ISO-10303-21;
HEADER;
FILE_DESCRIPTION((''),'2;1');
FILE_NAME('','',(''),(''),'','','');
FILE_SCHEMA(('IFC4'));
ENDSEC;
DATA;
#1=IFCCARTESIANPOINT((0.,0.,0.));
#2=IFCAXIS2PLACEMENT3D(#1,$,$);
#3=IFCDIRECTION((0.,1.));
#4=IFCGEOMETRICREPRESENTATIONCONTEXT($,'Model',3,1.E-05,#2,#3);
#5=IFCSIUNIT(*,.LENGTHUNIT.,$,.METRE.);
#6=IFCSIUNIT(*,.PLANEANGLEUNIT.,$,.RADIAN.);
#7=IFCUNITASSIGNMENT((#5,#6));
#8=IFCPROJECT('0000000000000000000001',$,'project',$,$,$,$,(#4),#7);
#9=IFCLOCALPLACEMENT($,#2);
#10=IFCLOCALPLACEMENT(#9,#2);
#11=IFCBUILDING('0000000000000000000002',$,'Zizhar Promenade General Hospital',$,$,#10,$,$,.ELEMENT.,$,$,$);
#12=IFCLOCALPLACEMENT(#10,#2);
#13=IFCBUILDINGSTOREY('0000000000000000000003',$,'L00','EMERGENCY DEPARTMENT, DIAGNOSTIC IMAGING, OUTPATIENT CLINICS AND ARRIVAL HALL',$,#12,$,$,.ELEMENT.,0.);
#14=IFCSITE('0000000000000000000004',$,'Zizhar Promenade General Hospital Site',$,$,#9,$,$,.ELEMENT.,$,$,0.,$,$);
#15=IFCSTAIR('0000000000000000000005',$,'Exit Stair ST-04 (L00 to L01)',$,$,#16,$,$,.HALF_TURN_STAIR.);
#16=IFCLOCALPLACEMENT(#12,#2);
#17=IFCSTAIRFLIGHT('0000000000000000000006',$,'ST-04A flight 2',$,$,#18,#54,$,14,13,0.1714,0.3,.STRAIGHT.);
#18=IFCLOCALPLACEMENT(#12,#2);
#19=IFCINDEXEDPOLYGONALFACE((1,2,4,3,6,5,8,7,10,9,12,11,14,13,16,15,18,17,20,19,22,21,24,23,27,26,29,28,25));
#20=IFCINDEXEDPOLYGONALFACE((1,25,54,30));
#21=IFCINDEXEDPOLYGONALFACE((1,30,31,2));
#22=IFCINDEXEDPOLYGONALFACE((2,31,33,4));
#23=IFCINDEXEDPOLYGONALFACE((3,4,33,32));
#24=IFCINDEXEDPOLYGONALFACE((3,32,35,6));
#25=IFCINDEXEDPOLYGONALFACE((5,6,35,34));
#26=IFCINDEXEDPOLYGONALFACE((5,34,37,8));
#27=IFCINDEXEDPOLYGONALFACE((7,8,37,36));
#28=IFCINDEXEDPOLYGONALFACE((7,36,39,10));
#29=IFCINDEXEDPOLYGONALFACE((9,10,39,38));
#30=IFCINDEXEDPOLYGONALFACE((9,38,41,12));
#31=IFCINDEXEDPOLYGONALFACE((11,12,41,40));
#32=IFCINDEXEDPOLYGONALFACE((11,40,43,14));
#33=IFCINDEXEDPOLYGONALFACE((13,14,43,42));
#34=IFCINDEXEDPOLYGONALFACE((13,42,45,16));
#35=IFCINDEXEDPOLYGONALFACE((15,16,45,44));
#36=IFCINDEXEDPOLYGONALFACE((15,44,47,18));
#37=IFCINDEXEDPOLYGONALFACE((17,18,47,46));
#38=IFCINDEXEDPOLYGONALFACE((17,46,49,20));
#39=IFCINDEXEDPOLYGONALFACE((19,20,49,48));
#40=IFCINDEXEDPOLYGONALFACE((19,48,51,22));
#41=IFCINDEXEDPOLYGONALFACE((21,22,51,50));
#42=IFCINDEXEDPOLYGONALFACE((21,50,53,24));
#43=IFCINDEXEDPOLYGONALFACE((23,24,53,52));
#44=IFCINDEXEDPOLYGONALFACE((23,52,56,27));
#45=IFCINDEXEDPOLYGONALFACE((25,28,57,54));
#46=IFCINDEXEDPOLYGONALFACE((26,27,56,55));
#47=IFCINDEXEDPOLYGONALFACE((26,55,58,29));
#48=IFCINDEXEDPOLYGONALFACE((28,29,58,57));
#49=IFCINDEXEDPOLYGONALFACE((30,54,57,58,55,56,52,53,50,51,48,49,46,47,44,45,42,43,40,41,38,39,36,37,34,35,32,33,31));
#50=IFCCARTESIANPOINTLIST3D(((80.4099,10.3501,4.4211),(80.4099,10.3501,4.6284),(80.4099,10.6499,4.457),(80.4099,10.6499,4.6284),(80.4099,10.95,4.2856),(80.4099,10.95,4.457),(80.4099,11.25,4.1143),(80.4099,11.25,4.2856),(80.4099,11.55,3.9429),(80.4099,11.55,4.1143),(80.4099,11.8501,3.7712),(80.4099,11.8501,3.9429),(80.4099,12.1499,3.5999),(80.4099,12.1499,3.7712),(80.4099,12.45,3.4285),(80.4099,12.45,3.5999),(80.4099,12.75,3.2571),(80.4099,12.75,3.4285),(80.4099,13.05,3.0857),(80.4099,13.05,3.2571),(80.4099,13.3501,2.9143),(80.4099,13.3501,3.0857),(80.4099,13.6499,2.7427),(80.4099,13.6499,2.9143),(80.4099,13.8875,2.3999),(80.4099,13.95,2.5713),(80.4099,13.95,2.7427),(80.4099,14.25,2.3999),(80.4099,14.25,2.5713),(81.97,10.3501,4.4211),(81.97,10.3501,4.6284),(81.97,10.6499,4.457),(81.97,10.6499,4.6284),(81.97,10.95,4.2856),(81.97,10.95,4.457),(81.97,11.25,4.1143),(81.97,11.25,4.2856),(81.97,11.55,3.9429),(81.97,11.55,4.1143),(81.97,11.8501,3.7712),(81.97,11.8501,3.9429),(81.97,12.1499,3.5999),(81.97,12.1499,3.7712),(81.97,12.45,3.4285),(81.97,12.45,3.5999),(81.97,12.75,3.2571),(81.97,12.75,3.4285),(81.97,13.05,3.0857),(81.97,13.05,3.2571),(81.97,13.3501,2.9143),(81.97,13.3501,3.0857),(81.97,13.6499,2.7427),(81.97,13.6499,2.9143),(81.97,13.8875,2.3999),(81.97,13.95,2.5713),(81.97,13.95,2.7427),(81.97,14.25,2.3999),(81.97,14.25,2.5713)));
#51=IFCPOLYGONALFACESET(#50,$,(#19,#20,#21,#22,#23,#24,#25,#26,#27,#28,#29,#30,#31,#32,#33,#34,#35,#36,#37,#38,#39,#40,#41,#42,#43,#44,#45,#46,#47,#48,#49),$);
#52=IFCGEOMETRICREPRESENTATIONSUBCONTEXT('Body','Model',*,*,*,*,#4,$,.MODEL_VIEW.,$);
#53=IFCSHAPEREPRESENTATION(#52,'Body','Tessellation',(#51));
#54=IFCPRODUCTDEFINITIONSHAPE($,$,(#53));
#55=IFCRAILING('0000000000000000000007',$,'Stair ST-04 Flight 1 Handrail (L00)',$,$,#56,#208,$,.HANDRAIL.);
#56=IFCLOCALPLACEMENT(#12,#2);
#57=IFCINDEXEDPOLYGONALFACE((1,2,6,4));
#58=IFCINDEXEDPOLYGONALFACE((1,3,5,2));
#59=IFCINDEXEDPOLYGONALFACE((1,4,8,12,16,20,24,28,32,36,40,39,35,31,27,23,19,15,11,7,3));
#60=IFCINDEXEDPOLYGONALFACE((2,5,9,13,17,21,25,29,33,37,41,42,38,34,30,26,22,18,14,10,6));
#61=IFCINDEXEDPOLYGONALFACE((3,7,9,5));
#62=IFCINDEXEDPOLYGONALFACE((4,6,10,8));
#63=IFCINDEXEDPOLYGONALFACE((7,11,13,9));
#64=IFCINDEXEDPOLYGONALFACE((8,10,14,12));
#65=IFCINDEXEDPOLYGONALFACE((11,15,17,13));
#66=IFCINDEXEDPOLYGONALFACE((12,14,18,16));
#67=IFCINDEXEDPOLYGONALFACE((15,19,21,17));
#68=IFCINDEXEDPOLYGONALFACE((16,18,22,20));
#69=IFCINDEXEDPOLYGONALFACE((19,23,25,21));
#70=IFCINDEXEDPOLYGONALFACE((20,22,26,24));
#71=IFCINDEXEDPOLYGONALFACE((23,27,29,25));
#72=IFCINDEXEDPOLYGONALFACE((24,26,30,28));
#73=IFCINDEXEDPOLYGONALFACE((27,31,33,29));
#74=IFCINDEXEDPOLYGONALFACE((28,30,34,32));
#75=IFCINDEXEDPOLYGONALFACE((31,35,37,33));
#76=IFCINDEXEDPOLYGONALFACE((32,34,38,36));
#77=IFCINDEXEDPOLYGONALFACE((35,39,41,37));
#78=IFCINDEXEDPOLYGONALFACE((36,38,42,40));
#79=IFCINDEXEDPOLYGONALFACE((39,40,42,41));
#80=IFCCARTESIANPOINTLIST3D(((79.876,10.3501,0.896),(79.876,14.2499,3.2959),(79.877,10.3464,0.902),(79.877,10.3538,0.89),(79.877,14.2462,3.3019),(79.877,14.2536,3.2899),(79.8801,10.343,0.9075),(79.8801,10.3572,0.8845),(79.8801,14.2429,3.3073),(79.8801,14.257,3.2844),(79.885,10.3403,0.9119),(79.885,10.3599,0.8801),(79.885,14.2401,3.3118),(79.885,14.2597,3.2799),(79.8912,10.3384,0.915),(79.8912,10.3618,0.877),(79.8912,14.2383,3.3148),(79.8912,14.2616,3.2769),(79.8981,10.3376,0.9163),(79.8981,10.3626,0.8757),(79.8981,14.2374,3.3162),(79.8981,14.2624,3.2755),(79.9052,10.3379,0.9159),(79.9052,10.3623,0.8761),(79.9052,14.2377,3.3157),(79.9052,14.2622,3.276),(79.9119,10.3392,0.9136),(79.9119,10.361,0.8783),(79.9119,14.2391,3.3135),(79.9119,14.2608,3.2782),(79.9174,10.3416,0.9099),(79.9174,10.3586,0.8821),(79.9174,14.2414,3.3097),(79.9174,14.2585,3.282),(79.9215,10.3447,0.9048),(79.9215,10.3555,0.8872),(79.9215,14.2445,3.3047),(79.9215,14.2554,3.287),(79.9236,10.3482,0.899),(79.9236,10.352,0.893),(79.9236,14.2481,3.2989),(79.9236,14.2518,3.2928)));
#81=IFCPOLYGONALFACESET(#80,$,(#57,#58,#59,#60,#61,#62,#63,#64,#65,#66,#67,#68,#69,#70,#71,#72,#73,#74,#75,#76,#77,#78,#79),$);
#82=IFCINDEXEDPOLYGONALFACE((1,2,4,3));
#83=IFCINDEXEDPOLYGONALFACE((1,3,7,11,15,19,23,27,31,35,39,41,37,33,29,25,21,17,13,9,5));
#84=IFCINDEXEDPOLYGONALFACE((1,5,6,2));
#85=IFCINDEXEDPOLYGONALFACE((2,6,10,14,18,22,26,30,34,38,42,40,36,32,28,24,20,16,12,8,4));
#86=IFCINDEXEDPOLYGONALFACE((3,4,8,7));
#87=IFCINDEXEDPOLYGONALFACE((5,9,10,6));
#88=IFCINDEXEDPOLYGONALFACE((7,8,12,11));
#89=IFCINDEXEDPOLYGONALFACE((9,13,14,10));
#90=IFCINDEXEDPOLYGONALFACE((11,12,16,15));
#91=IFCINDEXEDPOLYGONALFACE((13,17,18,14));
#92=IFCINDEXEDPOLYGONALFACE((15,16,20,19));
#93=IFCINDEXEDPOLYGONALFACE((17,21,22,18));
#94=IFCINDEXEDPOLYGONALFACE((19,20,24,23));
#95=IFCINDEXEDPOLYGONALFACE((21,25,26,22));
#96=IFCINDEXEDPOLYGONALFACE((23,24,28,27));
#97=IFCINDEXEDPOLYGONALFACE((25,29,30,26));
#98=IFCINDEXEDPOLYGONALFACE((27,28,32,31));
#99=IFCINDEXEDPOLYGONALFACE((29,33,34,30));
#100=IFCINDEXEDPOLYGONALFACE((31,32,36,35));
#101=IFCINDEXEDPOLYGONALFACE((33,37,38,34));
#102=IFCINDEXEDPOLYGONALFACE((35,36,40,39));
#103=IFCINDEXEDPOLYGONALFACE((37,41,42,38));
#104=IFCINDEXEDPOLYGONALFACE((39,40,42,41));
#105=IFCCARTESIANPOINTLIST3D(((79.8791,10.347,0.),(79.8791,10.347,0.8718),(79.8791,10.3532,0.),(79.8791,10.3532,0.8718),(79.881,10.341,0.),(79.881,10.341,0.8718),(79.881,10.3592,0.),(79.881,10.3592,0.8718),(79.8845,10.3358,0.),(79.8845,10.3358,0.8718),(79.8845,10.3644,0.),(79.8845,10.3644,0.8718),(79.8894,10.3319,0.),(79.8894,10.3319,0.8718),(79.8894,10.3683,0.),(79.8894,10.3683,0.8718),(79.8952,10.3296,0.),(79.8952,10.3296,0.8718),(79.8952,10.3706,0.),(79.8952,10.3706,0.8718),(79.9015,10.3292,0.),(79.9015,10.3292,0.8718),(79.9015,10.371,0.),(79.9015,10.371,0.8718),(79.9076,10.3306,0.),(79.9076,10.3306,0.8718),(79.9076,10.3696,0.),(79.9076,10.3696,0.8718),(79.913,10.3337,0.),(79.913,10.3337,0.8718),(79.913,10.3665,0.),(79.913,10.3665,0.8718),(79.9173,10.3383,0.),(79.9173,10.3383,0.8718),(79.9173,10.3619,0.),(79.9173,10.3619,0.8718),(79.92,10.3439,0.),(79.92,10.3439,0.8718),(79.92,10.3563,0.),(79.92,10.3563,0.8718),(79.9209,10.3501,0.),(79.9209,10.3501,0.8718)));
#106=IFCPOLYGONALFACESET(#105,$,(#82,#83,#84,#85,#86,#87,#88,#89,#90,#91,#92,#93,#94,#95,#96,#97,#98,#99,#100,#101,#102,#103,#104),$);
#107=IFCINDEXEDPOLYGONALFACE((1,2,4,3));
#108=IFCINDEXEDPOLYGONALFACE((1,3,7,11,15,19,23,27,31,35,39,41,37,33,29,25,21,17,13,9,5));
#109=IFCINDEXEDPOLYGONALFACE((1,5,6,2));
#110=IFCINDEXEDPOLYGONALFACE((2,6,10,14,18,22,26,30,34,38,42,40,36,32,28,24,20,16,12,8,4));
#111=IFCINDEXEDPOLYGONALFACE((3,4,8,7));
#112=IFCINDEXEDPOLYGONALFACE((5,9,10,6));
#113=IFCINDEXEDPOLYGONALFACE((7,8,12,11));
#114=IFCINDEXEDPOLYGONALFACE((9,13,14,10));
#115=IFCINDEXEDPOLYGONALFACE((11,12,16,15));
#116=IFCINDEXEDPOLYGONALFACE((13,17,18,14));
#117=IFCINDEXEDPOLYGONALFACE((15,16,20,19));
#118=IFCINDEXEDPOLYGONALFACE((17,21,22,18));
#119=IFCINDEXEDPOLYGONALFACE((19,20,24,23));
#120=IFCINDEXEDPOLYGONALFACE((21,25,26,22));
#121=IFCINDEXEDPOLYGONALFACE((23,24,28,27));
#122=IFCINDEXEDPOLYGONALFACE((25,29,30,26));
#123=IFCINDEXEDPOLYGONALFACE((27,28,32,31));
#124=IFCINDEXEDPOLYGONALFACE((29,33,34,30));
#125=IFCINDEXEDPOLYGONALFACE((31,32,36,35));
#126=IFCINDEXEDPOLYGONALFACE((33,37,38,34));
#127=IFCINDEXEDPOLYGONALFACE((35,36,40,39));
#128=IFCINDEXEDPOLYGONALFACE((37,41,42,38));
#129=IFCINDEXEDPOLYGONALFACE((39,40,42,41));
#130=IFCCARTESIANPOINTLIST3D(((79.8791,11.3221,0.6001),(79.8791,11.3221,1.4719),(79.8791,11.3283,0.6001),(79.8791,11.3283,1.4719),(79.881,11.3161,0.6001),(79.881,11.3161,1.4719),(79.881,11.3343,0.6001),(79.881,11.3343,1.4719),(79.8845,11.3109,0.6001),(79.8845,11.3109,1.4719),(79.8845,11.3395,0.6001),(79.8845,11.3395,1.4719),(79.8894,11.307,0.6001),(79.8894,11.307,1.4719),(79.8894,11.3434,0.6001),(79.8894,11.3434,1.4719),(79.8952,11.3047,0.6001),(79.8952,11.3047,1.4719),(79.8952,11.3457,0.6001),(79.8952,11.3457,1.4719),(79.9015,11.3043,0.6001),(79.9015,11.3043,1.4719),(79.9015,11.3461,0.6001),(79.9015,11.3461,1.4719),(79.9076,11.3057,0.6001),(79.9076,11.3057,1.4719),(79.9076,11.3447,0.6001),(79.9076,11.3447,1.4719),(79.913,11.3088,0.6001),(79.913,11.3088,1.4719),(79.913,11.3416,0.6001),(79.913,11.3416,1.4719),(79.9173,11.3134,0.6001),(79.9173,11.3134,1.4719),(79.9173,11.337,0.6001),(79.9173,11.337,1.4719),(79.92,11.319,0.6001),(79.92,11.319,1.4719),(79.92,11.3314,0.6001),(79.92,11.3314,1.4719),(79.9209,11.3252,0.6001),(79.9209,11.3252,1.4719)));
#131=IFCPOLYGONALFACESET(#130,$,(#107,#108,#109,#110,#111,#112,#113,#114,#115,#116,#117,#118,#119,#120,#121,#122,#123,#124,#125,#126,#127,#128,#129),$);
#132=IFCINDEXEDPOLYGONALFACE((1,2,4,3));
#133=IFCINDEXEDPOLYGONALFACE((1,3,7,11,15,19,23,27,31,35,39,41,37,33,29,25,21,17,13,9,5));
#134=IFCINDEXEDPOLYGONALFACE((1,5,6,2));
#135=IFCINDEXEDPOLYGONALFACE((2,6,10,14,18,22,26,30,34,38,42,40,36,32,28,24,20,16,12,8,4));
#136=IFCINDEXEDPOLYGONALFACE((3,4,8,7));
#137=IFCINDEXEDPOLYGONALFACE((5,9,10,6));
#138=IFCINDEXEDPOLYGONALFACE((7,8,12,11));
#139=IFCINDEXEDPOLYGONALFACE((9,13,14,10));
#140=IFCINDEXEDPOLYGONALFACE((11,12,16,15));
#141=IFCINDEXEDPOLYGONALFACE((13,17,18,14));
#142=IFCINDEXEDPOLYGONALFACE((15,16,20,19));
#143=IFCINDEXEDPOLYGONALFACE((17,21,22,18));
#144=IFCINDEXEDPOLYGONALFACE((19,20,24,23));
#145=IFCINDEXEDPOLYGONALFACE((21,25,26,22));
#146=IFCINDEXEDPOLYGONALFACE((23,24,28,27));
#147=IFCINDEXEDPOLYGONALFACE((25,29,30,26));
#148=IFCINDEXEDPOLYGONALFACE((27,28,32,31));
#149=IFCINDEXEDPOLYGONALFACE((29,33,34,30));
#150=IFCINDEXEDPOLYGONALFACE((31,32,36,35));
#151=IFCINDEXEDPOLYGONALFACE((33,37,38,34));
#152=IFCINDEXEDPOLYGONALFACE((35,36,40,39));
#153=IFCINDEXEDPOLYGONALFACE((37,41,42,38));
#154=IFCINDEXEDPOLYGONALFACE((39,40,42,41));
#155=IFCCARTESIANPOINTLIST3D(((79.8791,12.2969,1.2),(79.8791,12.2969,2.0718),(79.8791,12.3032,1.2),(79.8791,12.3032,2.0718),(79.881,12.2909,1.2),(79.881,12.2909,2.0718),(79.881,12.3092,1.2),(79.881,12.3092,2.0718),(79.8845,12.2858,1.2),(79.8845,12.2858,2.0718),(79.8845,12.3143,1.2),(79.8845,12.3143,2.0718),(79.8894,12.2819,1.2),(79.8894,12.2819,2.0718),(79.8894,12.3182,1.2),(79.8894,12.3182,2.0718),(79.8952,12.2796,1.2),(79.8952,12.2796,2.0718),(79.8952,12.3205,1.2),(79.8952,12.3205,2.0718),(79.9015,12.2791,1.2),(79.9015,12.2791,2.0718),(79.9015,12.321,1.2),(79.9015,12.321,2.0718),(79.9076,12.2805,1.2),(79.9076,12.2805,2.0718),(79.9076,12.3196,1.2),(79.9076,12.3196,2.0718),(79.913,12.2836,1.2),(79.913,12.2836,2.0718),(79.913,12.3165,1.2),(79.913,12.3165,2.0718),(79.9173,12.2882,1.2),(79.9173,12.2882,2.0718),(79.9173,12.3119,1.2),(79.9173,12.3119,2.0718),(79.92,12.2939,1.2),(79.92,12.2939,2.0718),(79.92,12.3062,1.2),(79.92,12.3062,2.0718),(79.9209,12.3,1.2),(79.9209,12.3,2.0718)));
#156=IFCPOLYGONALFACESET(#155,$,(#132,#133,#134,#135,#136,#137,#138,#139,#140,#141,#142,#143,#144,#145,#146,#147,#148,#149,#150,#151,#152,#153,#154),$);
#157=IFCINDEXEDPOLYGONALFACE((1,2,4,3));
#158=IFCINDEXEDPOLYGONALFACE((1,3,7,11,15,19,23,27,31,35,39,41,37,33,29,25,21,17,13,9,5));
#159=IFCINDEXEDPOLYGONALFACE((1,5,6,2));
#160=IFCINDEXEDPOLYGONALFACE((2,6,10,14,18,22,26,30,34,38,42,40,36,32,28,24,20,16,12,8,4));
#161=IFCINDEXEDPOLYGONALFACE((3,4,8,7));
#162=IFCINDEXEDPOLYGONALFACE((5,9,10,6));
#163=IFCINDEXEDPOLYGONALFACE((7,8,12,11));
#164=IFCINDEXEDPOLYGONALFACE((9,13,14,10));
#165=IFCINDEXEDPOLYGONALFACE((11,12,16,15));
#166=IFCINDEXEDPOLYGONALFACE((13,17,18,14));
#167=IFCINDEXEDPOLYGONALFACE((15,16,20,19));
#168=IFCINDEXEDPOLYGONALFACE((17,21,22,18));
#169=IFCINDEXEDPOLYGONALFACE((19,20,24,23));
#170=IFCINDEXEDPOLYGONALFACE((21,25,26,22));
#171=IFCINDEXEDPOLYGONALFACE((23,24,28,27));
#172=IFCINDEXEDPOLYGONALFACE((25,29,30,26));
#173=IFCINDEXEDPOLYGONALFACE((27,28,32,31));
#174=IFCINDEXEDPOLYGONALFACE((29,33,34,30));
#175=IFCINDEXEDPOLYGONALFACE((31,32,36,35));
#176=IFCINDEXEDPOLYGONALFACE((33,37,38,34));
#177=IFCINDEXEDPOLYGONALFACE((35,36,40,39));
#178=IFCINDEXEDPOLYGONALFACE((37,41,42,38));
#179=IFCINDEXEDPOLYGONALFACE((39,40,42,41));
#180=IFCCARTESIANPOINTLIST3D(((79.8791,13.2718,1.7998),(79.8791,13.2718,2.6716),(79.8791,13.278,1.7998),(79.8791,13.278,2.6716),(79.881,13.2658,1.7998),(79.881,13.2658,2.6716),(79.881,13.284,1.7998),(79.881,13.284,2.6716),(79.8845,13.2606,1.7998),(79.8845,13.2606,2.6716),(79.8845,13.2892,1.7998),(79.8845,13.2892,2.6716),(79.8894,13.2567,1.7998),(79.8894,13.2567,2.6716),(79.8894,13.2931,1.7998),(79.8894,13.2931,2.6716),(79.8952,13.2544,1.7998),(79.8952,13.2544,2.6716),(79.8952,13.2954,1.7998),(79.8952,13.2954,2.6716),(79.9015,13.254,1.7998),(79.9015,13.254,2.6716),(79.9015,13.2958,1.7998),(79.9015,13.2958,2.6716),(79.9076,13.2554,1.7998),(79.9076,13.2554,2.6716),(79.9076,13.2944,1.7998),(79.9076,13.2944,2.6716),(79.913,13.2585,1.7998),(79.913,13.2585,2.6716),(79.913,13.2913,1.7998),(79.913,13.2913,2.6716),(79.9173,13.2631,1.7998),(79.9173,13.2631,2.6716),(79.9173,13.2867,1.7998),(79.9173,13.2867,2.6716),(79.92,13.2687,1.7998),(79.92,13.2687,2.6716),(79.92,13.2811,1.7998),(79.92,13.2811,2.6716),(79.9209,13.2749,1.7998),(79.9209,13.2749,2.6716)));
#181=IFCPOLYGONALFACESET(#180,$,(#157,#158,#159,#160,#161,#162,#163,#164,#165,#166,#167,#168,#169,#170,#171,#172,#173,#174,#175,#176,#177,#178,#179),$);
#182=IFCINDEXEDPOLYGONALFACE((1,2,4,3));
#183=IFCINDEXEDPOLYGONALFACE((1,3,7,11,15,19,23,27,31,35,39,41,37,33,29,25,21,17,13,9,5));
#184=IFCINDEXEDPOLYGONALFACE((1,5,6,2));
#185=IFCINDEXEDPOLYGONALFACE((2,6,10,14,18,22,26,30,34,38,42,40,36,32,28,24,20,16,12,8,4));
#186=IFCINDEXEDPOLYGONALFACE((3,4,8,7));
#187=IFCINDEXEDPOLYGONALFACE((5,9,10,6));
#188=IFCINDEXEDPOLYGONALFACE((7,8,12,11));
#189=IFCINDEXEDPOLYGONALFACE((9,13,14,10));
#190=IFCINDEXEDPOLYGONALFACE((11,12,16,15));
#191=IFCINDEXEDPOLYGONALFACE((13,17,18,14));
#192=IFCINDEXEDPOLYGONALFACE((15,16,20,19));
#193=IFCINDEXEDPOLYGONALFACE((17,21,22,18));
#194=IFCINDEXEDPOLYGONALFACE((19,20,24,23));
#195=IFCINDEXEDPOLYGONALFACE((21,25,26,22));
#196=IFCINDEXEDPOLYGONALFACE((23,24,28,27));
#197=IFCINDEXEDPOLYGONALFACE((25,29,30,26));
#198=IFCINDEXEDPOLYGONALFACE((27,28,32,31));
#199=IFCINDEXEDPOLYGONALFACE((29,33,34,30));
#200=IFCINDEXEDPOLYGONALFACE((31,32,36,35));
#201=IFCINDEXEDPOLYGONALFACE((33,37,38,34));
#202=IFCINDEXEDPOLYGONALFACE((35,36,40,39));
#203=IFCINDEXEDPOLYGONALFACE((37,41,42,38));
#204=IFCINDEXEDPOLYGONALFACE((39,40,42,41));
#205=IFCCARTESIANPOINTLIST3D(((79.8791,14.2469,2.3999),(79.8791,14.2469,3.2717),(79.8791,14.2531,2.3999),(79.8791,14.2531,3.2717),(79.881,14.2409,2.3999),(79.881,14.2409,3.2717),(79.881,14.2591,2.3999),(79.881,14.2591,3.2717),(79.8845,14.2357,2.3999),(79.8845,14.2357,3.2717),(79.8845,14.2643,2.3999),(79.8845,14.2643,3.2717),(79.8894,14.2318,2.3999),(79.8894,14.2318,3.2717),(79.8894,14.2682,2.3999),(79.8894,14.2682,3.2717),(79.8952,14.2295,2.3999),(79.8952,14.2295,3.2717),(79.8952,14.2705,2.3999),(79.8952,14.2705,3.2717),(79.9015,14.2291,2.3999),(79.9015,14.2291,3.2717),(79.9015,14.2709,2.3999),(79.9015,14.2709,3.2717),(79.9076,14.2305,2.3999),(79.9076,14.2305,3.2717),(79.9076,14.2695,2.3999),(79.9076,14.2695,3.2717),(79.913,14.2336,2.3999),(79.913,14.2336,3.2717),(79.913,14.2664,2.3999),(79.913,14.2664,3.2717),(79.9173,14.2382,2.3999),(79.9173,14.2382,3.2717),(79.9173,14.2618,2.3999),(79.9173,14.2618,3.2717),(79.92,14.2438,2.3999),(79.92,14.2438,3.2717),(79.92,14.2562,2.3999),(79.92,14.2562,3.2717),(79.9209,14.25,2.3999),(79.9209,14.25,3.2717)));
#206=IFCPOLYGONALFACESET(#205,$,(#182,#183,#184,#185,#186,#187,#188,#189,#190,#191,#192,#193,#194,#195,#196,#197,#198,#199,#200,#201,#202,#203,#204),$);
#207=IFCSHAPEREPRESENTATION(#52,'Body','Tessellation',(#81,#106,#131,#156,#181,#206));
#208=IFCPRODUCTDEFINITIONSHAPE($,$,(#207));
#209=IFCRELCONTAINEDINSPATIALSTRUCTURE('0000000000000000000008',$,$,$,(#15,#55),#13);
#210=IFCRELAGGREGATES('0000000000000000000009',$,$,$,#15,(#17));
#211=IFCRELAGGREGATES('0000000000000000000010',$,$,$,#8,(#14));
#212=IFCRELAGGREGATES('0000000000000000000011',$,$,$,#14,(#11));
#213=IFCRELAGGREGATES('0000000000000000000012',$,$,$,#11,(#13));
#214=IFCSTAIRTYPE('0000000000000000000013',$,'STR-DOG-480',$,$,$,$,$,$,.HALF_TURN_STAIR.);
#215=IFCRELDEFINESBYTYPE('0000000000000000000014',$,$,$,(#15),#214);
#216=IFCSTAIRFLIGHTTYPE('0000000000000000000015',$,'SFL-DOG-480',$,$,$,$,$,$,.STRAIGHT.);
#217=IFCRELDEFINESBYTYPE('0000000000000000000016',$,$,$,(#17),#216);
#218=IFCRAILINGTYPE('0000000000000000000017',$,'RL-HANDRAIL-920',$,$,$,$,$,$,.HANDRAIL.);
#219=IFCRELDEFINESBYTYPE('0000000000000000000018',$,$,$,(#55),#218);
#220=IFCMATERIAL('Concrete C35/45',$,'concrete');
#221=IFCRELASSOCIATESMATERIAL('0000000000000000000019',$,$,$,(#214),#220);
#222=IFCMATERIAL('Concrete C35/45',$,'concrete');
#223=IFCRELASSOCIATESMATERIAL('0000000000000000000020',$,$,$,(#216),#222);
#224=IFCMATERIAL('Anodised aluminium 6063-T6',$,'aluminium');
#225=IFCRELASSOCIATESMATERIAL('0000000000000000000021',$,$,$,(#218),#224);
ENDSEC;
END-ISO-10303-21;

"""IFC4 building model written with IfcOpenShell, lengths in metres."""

from ifc_helpers import new_model, si_unit, direction, frame, origin, origin_2d, place, context, subcontext, project, spatial, polyline, circle, hollow_circle, outline, extrude, material, material_profile, profile_set, type_object, element, aggregate, save


model = new_model("IFC4")

# Units and contexts
model_context = context("Model", 3, precision=1e-05, world=origin(), true_north=direction((0.0, 1.0)))
body_context = subcontext(model_context, "Body", "Model", "MODEL_VIEW")
ifc_project = project(units=[si_unit("LENGTHUNIT", "METRE"), si_unit("PLANEANGLEUNIT", "RADIAN")], contexts=[model_context])

# Site, building, storey
site_placement = place(None, origin())
site = spatial("IfcSite", under=ifc_project, at=site_placement, Name="Zizhar Promenade General Hospital Site", CompositionType="ELEMENT", RefElevation=0.0)
building_placement = place(site_placement, origin())
building = spatial("IfcBuilding", under=site, at=building_placement, Name="Zizhar Promenade General Hospital", CompositionType="ELEMENT")
storey_placement = place(building_placement, origin())
storey = spatial("IfcBuildingStorey", under=building, at=storey_placement, Name="L00", Description="EMERGENCY DEPARTMENT, DIAGNOSTIC IMAGING, OUTPATIENT CLINICS AND ARRIVAL HALL", CompositionType="ELEMENT", Elevation=0.0)

# Stair, stair flight
ifc_material_1 = material(Name="Concrete C35/45", Category="concrete")
stair_type = type_object("IfcStairType", Name="STR-DOG-480", PredefinedType="HALF_TURN_STAIR", material=ifc_material_1)
stair_placement = place(storey_placement, origin())
stair = element("IfcStair", 1, at=stair_placement, inside=storey, type_object=stair_type, Name="Exit Stair ST-04 (L00 to L01)", PredefinedType="HALF_TURN_STAIR")
ifc_material_2 = material(Name="Concrete C35/45", Category="concrete")
stair_flight_type = type_object("IfcStairFlightType", Name="SFL-DOG-480", PredefinedType="STRAIGHT", material=ifc_material_2)
stair_flight_1_placement = place(storey_placement, frame((81.1899, 14.25, 2.3999), z_axis=(0.0, 0.0, 1.0), x_axis=(0.0, -1.0, 0.0)))
stair_flight_1 = element("IfcStairFlight", 2, at=stair_flight_1_placement, type_object=stair_flight_type, Name="ST-04A flight 2", NumberOfRisers=14, NumberOfTreads=13, PredefinedType="STRAIGHT", RiserHeight=0.1714, TreadLength=0.3, context=body_context, shape_type="SweptSolid", body=[
    extrude(outline(polyline([(0.0, 0.0), (0.0, 0.1714), (0.3, 0.1714), (0.3, 0.3428), (0.6001, 0.3428), (0.6001, 0.5144), (0.8999, 0.5144), (0.8999, 0.6858), (1.2, 0.6858), (1.2, 0.8572), (1.5, 0.8572), (1.5, 1.0286), (1.8, 1.0286), (1.8, 1.2), (2.1001, 1.2), (2.1001, 1.3713), (2.3999, 1.3713), (2.3999, 1.543), (2.7, 1.543), (2.7, 1.7144), (3.0, 1.7144), (3.0, 1.8857), (3.3, 1.8857), (3.3, 2.0571), (3.6001, 2.0571), (3.6001, 2.2285), (3.8999, 2.2285), (3.8999, 2.3999), (3.8999, 2.0212), (0.3625, 0.0), (0.0, 0.0)])), frame((0.0, 0.78, 0.0), z_axis=(0.0, -1.0, 0.0), x_axis=(1.0, 0.0, 0.0)), (0.0, 0.0, 1.0), 1.5601),
])
aggregate(stair, [stair_flight_1])

# Railing
ifc_material_3 = material(Name="Anodised aluminium 6063-T6", Category="aluminium")
ifc_material_profile_1 = material_profile(ifc_material_3, hollow_circle(Radius=0.0698, WallThickness=0.0063, at=origin_2d()))
ifc_profile_set_1 = profile_set([ifc_material_profile_1], Name="Anodised aluminium 6063-T6")
railing_type_1 = type_object("IfcRailingType", Name="RL-HANDRAIL-920", PredefinedType="HANDRAIL", material=ifc_profile_set_1)
railing_1_placement = place(storey_placement, frame((79.8999, 10.3501, 0.0)))
element("IfcRailing", 3, at=railing_1_placement, inside=storey, type_object=railing_type_1, Name="Stair ST-04 Flight 1 Handrail (L00)", PredefinedType="HANDRAIL", context=body_context, shape_type="SweptSolid", body=[
    extrude(circle(Radius=0.0239, at=origin_2d()), frame((0.0, 0.0, 0.896), z_axis=(0.0, 0.851662, 0.524091), x_axis=(-1.0, 0.0, 0.0)), (0.0, 0.0, 1.0), 4.5791),
    extrude(circle(Radius=0.021, at=origin_2d()), origin(), (0.0, 0.0, 1.0), 0.8718),
    extrude(circle(Radius=0.021, at=origin_2d()), frame((0.0, 0.9751, 0.6001)), (0.0, 0.0, 1.0), 0.8718),
    extrude(circle(Radius=0.021, at=origin_2d()), frame((0.0, 1.95, 1.2)), (0.0, 0.0, 1.0), 0.8718),
    extrude(circle(Radius=0.021, at=origin_2d()), frame((0.0, 2.9248, 1.7998)), (0.0, 0.0, 1.0), 0.8718),
    extrude(circle(Radius=0.021, at=origin_2d()), frame((0.0, 3.8999, 2.3999)), (0.0, 0.0, 1.0), 0.8718),
])

save(model, "model.ifc")
